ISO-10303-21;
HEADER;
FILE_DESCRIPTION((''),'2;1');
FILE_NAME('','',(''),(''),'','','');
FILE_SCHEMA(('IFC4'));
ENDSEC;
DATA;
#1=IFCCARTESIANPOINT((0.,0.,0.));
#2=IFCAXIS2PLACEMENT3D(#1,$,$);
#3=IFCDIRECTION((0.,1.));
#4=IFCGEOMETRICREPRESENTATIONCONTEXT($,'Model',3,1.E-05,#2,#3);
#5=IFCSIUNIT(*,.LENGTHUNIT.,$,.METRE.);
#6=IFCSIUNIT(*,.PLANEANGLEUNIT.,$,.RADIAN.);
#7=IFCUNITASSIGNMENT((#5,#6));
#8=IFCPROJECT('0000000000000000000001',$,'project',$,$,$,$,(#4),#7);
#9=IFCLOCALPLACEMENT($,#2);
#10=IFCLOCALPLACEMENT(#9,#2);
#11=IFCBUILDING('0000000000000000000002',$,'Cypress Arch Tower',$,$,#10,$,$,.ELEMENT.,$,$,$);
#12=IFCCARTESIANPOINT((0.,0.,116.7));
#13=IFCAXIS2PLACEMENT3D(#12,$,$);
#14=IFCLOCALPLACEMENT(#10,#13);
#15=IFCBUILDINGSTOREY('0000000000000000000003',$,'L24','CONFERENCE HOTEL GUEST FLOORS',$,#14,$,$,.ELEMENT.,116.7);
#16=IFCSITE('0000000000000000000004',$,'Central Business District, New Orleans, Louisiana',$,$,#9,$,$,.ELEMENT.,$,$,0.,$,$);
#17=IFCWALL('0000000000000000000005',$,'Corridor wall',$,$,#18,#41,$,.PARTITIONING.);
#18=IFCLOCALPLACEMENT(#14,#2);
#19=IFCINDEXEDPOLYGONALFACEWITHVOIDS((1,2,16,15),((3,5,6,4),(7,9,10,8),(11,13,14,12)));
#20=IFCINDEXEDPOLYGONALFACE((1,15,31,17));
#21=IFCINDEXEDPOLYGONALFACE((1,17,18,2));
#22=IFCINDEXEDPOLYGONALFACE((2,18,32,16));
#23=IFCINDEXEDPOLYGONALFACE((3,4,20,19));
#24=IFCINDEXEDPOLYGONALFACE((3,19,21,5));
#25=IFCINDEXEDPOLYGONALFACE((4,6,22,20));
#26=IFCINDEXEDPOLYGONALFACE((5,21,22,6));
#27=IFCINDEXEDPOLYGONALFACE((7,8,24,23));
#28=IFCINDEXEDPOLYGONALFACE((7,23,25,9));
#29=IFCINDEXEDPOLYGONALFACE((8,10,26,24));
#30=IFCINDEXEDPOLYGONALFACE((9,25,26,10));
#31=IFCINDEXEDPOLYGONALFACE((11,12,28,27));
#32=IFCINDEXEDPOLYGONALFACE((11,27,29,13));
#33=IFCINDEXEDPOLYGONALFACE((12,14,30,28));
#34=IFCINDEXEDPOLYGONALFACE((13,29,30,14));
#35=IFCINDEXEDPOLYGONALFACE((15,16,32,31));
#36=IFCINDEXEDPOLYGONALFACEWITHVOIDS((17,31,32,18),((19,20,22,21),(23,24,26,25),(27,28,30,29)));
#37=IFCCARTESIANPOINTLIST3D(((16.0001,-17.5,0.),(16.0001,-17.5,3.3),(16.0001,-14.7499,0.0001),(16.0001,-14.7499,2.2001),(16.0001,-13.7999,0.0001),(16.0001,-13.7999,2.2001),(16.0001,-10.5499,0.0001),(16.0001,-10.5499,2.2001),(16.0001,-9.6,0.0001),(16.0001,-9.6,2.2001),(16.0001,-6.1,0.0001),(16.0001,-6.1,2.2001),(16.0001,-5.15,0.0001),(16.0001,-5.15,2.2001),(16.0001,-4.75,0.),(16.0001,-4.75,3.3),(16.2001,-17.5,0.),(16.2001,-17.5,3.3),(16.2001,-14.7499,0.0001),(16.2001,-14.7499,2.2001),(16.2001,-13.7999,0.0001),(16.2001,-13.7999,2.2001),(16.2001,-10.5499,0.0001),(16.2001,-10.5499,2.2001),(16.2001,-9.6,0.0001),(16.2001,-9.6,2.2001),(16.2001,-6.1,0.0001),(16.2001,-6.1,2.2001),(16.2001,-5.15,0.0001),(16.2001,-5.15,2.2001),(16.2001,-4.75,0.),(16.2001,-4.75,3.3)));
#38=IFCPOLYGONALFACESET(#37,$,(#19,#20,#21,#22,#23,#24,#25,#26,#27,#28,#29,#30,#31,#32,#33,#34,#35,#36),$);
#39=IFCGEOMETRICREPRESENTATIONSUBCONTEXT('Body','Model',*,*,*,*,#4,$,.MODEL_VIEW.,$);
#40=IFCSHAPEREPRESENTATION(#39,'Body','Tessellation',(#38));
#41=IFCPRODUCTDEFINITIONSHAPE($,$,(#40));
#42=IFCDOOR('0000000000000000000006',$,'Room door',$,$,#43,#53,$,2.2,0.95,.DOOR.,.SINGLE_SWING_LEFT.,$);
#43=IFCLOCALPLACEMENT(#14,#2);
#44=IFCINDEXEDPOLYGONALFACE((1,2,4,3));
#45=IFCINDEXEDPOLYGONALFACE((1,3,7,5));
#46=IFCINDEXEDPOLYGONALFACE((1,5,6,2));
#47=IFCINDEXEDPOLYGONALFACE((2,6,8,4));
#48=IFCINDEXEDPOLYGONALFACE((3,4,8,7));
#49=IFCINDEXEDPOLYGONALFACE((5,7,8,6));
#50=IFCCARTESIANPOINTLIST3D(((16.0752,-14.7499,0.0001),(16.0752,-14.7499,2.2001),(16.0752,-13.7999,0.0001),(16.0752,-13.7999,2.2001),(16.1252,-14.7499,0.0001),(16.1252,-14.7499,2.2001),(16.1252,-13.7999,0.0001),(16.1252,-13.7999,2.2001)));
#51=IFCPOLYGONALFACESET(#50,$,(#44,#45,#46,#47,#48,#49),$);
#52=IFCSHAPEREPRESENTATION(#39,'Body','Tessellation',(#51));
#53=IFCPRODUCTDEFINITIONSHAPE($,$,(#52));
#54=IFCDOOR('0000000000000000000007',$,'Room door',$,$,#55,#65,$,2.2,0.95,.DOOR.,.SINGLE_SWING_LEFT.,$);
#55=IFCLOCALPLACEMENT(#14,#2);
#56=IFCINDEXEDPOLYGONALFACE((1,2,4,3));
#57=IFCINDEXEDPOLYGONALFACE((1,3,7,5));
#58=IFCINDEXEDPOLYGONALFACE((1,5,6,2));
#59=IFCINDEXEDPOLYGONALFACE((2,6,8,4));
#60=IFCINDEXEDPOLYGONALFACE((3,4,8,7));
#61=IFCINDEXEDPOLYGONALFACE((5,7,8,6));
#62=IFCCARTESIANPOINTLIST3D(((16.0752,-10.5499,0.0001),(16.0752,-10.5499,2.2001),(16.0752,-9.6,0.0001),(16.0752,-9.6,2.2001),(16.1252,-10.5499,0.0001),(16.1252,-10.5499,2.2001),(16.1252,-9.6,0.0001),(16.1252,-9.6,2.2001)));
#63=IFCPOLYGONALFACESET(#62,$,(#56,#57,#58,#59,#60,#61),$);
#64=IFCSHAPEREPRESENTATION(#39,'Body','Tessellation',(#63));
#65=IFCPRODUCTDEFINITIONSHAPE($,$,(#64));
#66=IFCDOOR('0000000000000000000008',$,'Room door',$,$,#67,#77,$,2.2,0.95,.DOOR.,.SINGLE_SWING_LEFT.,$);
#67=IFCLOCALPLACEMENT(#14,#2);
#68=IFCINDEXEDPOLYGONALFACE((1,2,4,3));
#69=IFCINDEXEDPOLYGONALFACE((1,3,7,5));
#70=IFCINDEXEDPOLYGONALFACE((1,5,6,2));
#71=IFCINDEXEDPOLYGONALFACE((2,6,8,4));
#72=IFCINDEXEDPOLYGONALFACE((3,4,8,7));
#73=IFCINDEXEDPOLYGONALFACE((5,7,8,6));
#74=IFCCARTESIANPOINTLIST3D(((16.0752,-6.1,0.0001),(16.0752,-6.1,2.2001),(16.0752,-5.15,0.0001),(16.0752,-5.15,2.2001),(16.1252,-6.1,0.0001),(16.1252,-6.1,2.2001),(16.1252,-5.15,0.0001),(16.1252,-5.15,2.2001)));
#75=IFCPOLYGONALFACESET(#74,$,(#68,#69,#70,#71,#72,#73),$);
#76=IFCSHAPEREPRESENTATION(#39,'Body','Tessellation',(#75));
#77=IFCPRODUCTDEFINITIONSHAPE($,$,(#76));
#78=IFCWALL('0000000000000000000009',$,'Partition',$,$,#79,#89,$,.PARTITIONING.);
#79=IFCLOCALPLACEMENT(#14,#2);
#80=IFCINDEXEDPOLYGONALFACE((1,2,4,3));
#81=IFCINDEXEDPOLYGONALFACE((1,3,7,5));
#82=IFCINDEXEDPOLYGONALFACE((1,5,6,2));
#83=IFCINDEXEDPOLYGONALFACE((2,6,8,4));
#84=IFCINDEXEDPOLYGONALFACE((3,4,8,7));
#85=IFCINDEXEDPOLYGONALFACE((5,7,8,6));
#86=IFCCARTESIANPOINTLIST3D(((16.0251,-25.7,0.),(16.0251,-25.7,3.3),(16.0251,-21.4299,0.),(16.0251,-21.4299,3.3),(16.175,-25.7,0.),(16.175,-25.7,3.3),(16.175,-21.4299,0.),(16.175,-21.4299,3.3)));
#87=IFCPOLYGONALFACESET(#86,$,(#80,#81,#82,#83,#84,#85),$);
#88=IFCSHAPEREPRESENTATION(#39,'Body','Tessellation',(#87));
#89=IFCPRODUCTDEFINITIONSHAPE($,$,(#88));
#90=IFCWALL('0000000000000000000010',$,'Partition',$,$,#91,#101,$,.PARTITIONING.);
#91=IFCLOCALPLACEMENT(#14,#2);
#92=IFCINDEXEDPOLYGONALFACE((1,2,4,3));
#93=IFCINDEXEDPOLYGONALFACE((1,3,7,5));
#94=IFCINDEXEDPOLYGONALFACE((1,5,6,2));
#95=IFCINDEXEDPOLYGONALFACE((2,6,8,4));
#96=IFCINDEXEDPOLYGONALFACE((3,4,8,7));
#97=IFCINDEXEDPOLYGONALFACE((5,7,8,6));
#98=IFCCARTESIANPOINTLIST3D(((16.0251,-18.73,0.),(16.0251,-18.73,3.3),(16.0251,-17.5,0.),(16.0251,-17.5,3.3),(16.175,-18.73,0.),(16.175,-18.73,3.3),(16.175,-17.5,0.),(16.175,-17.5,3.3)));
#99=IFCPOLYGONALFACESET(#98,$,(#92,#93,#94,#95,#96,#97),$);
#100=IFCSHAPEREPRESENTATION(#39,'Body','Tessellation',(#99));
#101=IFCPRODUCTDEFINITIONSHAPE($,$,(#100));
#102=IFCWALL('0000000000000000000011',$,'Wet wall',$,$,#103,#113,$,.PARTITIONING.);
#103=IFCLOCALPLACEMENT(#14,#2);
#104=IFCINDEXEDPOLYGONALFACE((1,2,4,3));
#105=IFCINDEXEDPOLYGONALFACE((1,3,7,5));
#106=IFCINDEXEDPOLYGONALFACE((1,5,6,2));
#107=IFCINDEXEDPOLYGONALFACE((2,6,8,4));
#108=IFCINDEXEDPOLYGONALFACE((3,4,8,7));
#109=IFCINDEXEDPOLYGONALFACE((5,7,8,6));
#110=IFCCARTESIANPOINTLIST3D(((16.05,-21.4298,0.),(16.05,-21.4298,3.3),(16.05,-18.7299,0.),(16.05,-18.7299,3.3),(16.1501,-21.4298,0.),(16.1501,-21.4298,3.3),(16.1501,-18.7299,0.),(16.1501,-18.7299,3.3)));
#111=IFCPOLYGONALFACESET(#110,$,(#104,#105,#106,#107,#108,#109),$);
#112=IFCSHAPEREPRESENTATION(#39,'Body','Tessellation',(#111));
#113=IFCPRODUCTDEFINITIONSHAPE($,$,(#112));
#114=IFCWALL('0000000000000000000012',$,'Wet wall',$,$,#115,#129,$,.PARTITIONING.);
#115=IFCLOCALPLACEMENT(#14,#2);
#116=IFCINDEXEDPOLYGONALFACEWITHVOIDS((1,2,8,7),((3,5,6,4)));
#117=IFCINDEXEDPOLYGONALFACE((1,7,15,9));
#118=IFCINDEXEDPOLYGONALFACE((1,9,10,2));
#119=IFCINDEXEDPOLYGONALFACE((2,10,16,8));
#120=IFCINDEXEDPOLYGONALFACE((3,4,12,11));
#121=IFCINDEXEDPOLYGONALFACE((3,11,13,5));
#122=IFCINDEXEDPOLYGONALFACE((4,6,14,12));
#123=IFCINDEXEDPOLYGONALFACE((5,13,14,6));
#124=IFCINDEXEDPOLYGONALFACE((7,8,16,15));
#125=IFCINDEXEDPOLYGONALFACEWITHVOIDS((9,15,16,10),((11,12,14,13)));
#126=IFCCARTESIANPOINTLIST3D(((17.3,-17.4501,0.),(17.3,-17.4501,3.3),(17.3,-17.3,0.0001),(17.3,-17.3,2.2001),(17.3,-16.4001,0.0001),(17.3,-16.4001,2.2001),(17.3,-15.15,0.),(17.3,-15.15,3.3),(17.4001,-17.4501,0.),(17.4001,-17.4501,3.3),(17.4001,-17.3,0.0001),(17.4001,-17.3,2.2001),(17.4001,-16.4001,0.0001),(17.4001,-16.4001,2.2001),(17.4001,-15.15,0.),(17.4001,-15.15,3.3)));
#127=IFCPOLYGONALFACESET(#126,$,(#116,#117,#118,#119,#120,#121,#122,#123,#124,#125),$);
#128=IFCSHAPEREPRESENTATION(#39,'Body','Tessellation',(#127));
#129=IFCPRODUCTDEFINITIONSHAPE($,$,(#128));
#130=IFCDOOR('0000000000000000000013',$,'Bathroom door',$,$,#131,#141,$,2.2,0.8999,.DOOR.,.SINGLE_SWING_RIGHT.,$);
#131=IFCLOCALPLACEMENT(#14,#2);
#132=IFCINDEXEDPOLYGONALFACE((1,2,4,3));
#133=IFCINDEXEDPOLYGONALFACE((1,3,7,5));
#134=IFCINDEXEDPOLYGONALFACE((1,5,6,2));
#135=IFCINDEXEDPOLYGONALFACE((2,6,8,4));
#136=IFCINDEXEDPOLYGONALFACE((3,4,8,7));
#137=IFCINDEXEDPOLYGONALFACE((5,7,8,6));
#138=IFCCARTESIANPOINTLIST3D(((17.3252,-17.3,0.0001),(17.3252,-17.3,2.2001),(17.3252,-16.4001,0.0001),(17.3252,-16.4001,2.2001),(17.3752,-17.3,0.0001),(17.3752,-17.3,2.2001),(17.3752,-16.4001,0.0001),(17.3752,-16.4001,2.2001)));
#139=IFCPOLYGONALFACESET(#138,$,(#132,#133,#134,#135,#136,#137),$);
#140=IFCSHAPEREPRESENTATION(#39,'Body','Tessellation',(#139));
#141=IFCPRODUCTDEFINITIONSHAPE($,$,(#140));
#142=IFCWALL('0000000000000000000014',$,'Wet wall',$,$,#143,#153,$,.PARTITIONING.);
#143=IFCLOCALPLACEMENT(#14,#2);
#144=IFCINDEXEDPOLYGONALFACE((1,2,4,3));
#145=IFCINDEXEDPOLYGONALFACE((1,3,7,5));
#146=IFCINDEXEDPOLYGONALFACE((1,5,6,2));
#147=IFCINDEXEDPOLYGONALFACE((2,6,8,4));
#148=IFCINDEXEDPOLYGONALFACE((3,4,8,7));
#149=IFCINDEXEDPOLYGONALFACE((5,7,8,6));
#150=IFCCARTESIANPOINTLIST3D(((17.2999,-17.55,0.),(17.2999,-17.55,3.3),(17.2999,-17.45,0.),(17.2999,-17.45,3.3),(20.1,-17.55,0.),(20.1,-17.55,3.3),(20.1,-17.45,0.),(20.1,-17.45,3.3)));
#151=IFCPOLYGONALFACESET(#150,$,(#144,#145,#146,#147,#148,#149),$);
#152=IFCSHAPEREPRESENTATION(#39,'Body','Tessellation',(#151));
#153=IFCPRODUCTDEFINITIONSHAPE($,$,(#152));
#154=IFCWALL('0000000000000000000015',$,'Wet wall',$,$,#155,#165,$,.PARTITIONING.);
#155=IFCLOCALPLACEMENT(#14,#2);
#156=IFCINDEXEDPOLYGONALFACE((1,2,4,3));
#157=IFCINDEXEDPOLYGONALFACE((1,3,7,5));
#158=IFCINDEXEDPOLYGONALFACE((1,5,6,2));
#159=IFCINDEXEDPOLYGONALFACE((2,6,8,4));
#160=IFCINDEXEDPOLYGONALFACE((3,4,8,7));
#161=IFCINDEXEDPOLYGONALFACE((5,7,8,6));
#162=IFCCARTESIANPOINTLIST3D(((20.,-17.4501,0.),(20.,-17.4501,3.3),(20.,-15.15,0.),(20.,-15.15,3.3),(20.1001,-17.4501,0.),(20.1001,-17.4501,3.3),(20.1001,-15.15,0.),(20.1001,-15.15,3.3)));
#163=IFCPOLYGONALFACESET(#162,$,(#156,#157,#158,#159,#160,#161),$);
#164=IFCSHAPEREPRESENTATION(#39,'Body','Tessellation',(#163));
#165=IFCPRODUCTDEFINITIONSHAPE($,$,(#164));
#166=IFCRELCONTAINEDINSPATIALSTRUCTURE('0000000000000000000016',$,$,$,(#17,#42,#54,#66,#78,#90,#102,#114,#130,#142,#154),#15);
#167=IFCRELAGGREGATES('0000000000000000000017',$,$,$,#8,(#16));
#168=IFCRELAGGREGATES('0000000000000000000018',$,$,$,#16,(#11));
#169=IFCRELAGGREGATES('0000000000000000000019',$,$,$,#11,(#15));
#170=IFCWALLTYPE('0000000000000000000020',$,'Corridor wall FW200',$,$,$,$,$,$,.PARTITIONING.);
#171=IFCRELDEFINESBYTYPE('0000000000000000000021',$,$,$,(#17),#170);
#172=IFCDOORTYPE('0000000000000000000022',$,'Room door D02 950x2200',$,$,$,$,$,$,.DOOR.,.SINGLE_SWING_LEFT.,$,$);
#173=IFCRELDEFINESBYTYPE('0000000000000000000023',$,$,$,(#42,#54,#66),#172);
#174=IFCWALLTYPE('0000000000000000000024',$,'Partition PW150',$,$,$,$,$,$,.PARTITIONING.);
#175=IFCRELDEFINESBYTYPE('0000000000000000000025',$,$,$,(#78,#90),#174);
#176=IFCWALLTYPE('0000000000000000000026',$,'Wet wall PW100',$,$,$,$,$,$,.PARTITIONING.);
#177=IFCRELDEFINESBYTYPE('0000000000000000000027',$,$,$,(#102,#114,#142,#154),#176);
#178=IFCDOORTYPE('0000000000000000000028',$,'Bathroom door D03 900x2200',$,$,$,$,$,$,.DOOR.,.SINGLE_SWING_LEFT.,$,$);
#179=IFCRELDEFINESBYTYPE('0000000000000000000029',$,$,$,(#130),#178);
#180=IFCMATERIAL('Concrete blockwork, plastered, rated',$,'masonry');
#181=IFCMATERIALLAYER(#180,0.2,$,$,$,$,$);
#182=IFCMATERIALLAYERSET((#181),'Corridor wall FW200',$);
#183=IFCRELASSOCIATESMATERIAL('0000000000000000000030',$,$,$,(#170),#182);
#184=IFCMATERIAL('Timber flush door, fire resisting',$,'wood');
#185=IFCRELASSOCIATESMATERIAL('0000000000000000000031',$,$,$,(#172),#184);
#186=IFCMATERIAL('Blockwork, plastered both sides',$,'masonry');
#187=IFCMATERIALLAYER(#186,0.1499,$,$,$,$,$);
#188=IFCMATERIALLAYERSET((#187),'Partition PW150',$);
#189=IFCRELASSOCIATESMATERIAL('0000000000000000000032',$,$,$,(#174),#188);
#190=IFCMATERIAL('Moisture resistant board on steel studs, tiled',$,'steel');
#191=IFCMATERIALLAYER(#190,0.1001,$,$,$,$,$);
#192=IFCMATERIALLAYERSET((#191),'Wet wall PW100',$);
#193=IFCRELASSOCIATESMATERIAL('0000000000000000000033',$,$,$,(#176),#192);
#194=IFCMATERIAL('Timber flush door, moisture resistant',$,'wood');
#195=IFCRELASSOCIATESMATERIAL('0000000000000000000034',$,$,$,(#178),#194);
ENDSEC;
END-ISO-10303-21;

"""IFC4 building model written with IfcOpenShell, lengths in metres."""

from ifc_helpers import new_model, si_unit, direction, frame, frame_2d, origin, place, context, subcontext, project, spatial, rectangle, extrude, material, layer, layer_set, type_object, element, fill, save


model = new_model("IFC4")

# Units and contexts
model_context = context("Model", 3, precision=1e-05, world=origin(), true_north=direction((0.0, 1.0)))
body_context = subcontext(model_context, "Body", "Model", "MODEL_VIEW")
ifc_project = project(units=[si_unit("LENGTHUNIT", "METRE"), si_unit("PLANEANGLEUNIT", "RADIAN")], contexts=[model_context])

# Site, building, storey
site_placement = place(None, origin())
site = spatial("IfcSite", under=ifc_project, at=site_placement, Name="Central Business District, New Orleans, Louisiana", CompositionType="ELEMENT", RefElevation=0.0)
building_placement = place(site_placement, origin())
building = spatial("IfcBuilding", under=site, at=building_placement, Name="Cypress Arch Tower", CompositionType="ELEMENT")
storey_placement = place(building_placement, frame((0.0, 0.0, 116.7)))
storey = spatial("IfcBuildingStorey", under=building, at=storey_placement, Name="L24", Description="CONFERENCE HOTEL GUEST FLOORS", CompositionType="ELEMENT", Elevation=116.7)

# Shared definitions
ifc_material_1 = material(Name="Concrete blockwork, plastered, rated", Category="masonry")
ifc_layer_1 = layer(ifc_material_1, 0.2)
ifc_layer_set_1 = layer_set([ifc_layer_1], Name="Corridor wall FW200")
wall_type_1 = type_object("IfcWallType", Name="Corridor wall FW200", PredefinedType="PARTITIONING", material=ifc_layer_set_1)

# Wall, openings, doors
wall_1_placement = place(storey_placement, frame((16.1001, -17.5, 0.0), z_axis=(0.0, 0.0, 1.0), x_axis=(0.0, 1.0, 0.0)))
wall_1 = element("IfcWall", 1, at=wall_1_placement, inside=storey, type_object=wall_type_1, Name="Corridor wall", PredefinedType="PARTITIONING", context=body_context, shape_type="SweptSolid", body=[
    extrude(rectangle(XDim=12.75, YDim=0.2, at=frame_2d((6.375, 0.0))), origin(), (0.0, 0.0, 1.0), 3.3),
])
opening_1_placement = place(wall_1_placement, frame((2.75, 0.0, 0.0)))
opening_1 = element("IfcOpeningElement", 2, at=opening_1_placement, cuts=wall_1, PredefinedType="OPENING", context=body_context, shape_type="SweptSolid", body=[
    extrude(rectangle(XDim=0.95, YDim=2.2, at=frame_2d((0.4751, 1.1001))), frame((0.0, 0.1099, 0.0), z_axis=(0.0, -1.0, 0.0), x_axis=(1.0, 0.0, 0.0)), (0.0, 0.0, 1.0), 0.22),
])
opening_2_placement = place(wall_1_placement, frame((6.95, 0.0, 0.0)))
opening_2 = element("IfcOpeningElement", 3, at=opening_2_placement, cuts=wall_1, PredefinedType="OPENING", context=body_context, shape_type="SweptSolid", body=[
    extrude(rectangle(XDim=0.95, YDim=2.2, at=frame_2d((0.4751, 1.1001))), frame((0.0, 0.1099, 0.0), z_axis=(0.0, -1.0, 0.0), x_axis=(1.0, 0.0, 0.0)), (0.0, 0.0, 1.0), 0.22),
])
opening_3_placement = place(wall_1_placement, frame((11.3999, 0.0, 0.0)))
opening_3 = element("IfcOpeningElement", 4, at=opening_3_placement, cuts=wall_1, PredefinedType="OPENING", context=body_context, shape_type="SweptSolid", body=[
    extrude(rectangle(XDim=0.95, YDim=2.2, at=frame_2d((0.4751, 1.1001))), frame((0.0, 0.1099, 0.0), z_axis=(0.0, -1.0, 0.0), x_axis=(1.0, 0.0, 0.0)), (0.0, 0.0, 1.0), 0.22),
])
ifc_material_2 = material(Name="Timber flush door, fire resisting", Category="wood")
door_type_1 = type_object("IfcDoorType", Name="Room door D02 950x2200", OperationType="SINGLE_SWING_LEFT", PredefinedType="DOOR", material=ifc_material_2)
door_1_placement = place(opening_1_placement, origin())
door_1 = element("IfcDoor", 5, at=door_1_placement, inside=storey, type_object=door_type_1, Name="Room door", OperationType="SINGLE_SWING_LEFT", OverallHeight=2.2, OverallWidth=0.95, PredefinedType="DOOR", context=body_context, shape_type="SweptSolid", body=[
    extrude(rectangle(XDim=0.95, YDim=2.2, at=frame_2d((0.4751, 1.1001))), frame((0.0, 0.0249, 0.0), z_axis=(0.0, -1.0, 0.0), x_axis=(1.0, 0.0, 0.0)), (0.0, 0.0, 1.0), 0.05),
])
fill(opening_1, door_1)
door_2_placement = place(opening_2_placement, origin())
door_2 = element("IfcDoor", 6, at=door_2_placement, inside=storey, type_object=door_type_1, Name="Room door", OperationType="SINGLE_SWING_LEFT", OverallHeight=2.2, OverallWidth=0.95, PredefinedType="DOOR", context=body_context, shape_type="SweptSolid", body=[
    extrude(rectangle(XDim=0.95, YDim=2.2, at=frame_2d((0.4751, 1.1001))), frame((0.0, 0.0249, 0.0), z_axis=(0.0, -1.0, 0.0), x_axis=(1.0, 0.0, 0.0)), (0.0, 0.0, 1.0), 0.05),
])
fill(opening_2, door_2)
door_3_placement = place(opening_3_placement, origin())
door_3 = element("IfcDoor", 7, at=door_3_placement, inside=storey, type_object=door_type_1, Name="Room door", OperationType="SINGLE_SWING_LEFT", OverallHeight=2.2, OverallWidth=0.95, PredefinedType="DOOR", context=body_context, shape_type="SweptSolid", body=[
    extrude(rectangle(XDim=0.95, YDim=2.2, at=frame_2d((0.4751, 1.1001))), frame((0.0, 0.0249, 0.0), z_axis=(0.0, -1.0, 0.0), x_axis=(1.0, 0.0, 0.0)), (0.0, 0.0, 1.0), 0.05),
])
fill(opening_3, door_3)

# Walls
ifc_material_3 = material(Name="Blockwork, plastered both sides", Category="masonry")
ifc_layer_2 = layer(ifc_material_3, 0.1499)
ifc_layer_set_2 = layer_set([ifc_layer_2], Name="Partition PW150")
wall_type_2 = type_object("IfcWallType", Name="Partition PW150", PredefinedType="PARTITIONING", material=ifc_layer_set_2)
wall_2_placement = place(storey_placement, frame((16.1001, -25.7, 0.0), z_axis=(0.0, 0.0, 1.0), x_axis=(0.0, 1.0, 0.0)))
element("IfcWall", 8, at=wall_2_placement, inside=storey, type_object=wall_type_2, Name="Partition", PredefinedType="PARTITIONING", context=body_context, shape_type="SweptSolid", body=[
    extrude(rectangle(XDim=4.27, YDim=0.1499, at=frame_2d((2.135, 0.0))), origin(), (0.0, 0.0, 1.0), 3.3),
])
wall_3_placement = place(storey_placement, frame((16.1001, -18.73, 0.0), z_axis=(0.0, 0.0, 1.0), x_axis=(0.0, 1.0, 0.0)))
element("IfcWall", 9, at=wall_3_placement, inside=storey, type_object=wall_type_2, Name="Partition", PredefinedType="PARTITIONING", context=body_context, shape_type="SweptSolid", body=[
    extrude(rectangle(XDim=1.23, YDim=0.1499, at=frame_2d((0.615, 0.0))), origin(), (0.0, 0.0, 1.0), 3.3),
])
ifc_material_4 = material(Name="Moisture resistant board on steel studs, tiled", Category="steel")
ifc_layer_3 = layer(ifc_material_4, 0.1001)
ifc_layer_set_3 = layer_set([ifc_layer_3], Name="Wet wall PW100")
wall_type_3 = type_object("IfcWallType", Name="Wet wall PW100", PredefinedType="PARTITIONING", material=ifc_layer_set_3)
wall_4_placement = place(storey_placement, frame((16.1001, -21.4299, 0.0), z_axis=(0.0, 0.0, 1.0), x_axis=(0.0, 1.0, 0.0)))
element("IfcWall", 10, at=wall_4_placement, inside=storey, type_object=wall_type_3, Name="Wet wall", PredefinedType="PARTITIONING", context=body_context, shape_type="SweptSolid", body=[
    extrude(rectangle(XDim=2.7, YDim=0.1001, at=frame_2d((1.3501, 0.0))), origin(), (0.0, 0.0, 1.0), 3.3),
])

# Wall, opening, door
wall_5_placement = place(storey_placement, frame((17.3501, -17.45, 0.0), z_axis=(0.0, 0.0, 1.0), x_axis=(0.0, 1.0, 0.0)))
wall_5 = element("IfcWall", 11, at=wall_5_placement, inside=storey, type_object=wall_type_3, Name="Wet wall", PredefinedType="PARTITIONING", context=body_context, shape_type="SweptSolid", body=[
    extrude(rectangle(XDim=2.3, YDim=0.1001, at=frame_2d((1.1499, 0.0))), origin(), (0.0, 0.0, 1.0), 3.3),
])
opening_4_placement = place(wall_5_placement, frame((0.1499, 0.0, 0.0)))
opening_4 = element("IfcOpeningElement", 12, at=opening_4_placement, cuts=wall_5, PredefinedType="OPENING", context=body_context, shape_type="SweptSolid", body=[
    extrude(rectangle(XDim=0.8999, YDim=2.2, at=frame_2d((0.45, 1.1001))), frame((0.0, 0.0601, 0.0), z_axis=(0.0, -1.0, 0.0), x_axis=(1.0, 0.0, 0.0)), (0.0, 0.0, 1.0), 0.1201),
])
ifc_material_5 = material(Name="Timber flush door, moisture resistant", Category="wood")
door_type_2 = type_object("IfcDoorType", Name="Bathroom door D03 900x2200", OperationType="SINGLE_SWING_LEFT", PredefinedType="DOOR", material=ifc_material_5)
door_4_placement = place(opening_4_placement, origin())
door_4 = element("IfcDoor", 13, at=door_4_placement, inside=storey, type_object=door_type_2, Name="Bathroom door", OperationType="SINGLE_SWING_RIGHT", OverallHeight=2.2, OverallWidth=0.8999, PredefinedType="DOOR", context=body_context, shape_type="SweptSolid", body=[
    extrude(rectangle(XDim=0.8999, YDim=2.2, at=frame_2d((0.45, 1.1001))), frame((0.0, 0.0249, 0.0), z_axis=(0.0, -1.0, 0.0), x_axis=(1.0, 0.0, 0.0)), (0.0, 0.0, 1.0), 0.05),
])
fill(opening_4, door_4)

# Walls
wall_6_placement = place(storey_placement, frame((17.3, -17.5, 0.0), z_axis=(0.0, 0.0, 1.0), x_axis=(1.0, 0.0, 0.0)))
element("IfcWall", 14, at=wall_6_placement, inside=storey, type_object=wall_type_3, Name="Wet wall", PredefinedType="PARTITIONING", context=body_context, shape_type="SweptSolid", body=[
    extrude(rectangle(XDim=2.8, YDim=0.1001, at=frame_2d((1.3999, 0.0))), origin(), (0.0, 0.0, 1.0), 3.3),
])
wall_7_placement = place(storey_placement, frame((20.05, -17.45, 0.0), z_axis=(0.0, 0.0, 1.0), x_axis=(0.0, 1.0, 0.0)))
element("IfcWall", 15, at=wall_7_placement, inside=storey, type_object=wall_type_3, Name="Wet wall", PredefinedType="PARTITIONING", context=body_context, shape_type="SweptSolid", body=[
    extrude(rectangle(XDim=2.3, YDim=0.1001, at=frame_2d((1.1499, 0.0))), origin(), (0.0, 0.0, 1.0), 3.3),
])

save(model, "model.ifc")
